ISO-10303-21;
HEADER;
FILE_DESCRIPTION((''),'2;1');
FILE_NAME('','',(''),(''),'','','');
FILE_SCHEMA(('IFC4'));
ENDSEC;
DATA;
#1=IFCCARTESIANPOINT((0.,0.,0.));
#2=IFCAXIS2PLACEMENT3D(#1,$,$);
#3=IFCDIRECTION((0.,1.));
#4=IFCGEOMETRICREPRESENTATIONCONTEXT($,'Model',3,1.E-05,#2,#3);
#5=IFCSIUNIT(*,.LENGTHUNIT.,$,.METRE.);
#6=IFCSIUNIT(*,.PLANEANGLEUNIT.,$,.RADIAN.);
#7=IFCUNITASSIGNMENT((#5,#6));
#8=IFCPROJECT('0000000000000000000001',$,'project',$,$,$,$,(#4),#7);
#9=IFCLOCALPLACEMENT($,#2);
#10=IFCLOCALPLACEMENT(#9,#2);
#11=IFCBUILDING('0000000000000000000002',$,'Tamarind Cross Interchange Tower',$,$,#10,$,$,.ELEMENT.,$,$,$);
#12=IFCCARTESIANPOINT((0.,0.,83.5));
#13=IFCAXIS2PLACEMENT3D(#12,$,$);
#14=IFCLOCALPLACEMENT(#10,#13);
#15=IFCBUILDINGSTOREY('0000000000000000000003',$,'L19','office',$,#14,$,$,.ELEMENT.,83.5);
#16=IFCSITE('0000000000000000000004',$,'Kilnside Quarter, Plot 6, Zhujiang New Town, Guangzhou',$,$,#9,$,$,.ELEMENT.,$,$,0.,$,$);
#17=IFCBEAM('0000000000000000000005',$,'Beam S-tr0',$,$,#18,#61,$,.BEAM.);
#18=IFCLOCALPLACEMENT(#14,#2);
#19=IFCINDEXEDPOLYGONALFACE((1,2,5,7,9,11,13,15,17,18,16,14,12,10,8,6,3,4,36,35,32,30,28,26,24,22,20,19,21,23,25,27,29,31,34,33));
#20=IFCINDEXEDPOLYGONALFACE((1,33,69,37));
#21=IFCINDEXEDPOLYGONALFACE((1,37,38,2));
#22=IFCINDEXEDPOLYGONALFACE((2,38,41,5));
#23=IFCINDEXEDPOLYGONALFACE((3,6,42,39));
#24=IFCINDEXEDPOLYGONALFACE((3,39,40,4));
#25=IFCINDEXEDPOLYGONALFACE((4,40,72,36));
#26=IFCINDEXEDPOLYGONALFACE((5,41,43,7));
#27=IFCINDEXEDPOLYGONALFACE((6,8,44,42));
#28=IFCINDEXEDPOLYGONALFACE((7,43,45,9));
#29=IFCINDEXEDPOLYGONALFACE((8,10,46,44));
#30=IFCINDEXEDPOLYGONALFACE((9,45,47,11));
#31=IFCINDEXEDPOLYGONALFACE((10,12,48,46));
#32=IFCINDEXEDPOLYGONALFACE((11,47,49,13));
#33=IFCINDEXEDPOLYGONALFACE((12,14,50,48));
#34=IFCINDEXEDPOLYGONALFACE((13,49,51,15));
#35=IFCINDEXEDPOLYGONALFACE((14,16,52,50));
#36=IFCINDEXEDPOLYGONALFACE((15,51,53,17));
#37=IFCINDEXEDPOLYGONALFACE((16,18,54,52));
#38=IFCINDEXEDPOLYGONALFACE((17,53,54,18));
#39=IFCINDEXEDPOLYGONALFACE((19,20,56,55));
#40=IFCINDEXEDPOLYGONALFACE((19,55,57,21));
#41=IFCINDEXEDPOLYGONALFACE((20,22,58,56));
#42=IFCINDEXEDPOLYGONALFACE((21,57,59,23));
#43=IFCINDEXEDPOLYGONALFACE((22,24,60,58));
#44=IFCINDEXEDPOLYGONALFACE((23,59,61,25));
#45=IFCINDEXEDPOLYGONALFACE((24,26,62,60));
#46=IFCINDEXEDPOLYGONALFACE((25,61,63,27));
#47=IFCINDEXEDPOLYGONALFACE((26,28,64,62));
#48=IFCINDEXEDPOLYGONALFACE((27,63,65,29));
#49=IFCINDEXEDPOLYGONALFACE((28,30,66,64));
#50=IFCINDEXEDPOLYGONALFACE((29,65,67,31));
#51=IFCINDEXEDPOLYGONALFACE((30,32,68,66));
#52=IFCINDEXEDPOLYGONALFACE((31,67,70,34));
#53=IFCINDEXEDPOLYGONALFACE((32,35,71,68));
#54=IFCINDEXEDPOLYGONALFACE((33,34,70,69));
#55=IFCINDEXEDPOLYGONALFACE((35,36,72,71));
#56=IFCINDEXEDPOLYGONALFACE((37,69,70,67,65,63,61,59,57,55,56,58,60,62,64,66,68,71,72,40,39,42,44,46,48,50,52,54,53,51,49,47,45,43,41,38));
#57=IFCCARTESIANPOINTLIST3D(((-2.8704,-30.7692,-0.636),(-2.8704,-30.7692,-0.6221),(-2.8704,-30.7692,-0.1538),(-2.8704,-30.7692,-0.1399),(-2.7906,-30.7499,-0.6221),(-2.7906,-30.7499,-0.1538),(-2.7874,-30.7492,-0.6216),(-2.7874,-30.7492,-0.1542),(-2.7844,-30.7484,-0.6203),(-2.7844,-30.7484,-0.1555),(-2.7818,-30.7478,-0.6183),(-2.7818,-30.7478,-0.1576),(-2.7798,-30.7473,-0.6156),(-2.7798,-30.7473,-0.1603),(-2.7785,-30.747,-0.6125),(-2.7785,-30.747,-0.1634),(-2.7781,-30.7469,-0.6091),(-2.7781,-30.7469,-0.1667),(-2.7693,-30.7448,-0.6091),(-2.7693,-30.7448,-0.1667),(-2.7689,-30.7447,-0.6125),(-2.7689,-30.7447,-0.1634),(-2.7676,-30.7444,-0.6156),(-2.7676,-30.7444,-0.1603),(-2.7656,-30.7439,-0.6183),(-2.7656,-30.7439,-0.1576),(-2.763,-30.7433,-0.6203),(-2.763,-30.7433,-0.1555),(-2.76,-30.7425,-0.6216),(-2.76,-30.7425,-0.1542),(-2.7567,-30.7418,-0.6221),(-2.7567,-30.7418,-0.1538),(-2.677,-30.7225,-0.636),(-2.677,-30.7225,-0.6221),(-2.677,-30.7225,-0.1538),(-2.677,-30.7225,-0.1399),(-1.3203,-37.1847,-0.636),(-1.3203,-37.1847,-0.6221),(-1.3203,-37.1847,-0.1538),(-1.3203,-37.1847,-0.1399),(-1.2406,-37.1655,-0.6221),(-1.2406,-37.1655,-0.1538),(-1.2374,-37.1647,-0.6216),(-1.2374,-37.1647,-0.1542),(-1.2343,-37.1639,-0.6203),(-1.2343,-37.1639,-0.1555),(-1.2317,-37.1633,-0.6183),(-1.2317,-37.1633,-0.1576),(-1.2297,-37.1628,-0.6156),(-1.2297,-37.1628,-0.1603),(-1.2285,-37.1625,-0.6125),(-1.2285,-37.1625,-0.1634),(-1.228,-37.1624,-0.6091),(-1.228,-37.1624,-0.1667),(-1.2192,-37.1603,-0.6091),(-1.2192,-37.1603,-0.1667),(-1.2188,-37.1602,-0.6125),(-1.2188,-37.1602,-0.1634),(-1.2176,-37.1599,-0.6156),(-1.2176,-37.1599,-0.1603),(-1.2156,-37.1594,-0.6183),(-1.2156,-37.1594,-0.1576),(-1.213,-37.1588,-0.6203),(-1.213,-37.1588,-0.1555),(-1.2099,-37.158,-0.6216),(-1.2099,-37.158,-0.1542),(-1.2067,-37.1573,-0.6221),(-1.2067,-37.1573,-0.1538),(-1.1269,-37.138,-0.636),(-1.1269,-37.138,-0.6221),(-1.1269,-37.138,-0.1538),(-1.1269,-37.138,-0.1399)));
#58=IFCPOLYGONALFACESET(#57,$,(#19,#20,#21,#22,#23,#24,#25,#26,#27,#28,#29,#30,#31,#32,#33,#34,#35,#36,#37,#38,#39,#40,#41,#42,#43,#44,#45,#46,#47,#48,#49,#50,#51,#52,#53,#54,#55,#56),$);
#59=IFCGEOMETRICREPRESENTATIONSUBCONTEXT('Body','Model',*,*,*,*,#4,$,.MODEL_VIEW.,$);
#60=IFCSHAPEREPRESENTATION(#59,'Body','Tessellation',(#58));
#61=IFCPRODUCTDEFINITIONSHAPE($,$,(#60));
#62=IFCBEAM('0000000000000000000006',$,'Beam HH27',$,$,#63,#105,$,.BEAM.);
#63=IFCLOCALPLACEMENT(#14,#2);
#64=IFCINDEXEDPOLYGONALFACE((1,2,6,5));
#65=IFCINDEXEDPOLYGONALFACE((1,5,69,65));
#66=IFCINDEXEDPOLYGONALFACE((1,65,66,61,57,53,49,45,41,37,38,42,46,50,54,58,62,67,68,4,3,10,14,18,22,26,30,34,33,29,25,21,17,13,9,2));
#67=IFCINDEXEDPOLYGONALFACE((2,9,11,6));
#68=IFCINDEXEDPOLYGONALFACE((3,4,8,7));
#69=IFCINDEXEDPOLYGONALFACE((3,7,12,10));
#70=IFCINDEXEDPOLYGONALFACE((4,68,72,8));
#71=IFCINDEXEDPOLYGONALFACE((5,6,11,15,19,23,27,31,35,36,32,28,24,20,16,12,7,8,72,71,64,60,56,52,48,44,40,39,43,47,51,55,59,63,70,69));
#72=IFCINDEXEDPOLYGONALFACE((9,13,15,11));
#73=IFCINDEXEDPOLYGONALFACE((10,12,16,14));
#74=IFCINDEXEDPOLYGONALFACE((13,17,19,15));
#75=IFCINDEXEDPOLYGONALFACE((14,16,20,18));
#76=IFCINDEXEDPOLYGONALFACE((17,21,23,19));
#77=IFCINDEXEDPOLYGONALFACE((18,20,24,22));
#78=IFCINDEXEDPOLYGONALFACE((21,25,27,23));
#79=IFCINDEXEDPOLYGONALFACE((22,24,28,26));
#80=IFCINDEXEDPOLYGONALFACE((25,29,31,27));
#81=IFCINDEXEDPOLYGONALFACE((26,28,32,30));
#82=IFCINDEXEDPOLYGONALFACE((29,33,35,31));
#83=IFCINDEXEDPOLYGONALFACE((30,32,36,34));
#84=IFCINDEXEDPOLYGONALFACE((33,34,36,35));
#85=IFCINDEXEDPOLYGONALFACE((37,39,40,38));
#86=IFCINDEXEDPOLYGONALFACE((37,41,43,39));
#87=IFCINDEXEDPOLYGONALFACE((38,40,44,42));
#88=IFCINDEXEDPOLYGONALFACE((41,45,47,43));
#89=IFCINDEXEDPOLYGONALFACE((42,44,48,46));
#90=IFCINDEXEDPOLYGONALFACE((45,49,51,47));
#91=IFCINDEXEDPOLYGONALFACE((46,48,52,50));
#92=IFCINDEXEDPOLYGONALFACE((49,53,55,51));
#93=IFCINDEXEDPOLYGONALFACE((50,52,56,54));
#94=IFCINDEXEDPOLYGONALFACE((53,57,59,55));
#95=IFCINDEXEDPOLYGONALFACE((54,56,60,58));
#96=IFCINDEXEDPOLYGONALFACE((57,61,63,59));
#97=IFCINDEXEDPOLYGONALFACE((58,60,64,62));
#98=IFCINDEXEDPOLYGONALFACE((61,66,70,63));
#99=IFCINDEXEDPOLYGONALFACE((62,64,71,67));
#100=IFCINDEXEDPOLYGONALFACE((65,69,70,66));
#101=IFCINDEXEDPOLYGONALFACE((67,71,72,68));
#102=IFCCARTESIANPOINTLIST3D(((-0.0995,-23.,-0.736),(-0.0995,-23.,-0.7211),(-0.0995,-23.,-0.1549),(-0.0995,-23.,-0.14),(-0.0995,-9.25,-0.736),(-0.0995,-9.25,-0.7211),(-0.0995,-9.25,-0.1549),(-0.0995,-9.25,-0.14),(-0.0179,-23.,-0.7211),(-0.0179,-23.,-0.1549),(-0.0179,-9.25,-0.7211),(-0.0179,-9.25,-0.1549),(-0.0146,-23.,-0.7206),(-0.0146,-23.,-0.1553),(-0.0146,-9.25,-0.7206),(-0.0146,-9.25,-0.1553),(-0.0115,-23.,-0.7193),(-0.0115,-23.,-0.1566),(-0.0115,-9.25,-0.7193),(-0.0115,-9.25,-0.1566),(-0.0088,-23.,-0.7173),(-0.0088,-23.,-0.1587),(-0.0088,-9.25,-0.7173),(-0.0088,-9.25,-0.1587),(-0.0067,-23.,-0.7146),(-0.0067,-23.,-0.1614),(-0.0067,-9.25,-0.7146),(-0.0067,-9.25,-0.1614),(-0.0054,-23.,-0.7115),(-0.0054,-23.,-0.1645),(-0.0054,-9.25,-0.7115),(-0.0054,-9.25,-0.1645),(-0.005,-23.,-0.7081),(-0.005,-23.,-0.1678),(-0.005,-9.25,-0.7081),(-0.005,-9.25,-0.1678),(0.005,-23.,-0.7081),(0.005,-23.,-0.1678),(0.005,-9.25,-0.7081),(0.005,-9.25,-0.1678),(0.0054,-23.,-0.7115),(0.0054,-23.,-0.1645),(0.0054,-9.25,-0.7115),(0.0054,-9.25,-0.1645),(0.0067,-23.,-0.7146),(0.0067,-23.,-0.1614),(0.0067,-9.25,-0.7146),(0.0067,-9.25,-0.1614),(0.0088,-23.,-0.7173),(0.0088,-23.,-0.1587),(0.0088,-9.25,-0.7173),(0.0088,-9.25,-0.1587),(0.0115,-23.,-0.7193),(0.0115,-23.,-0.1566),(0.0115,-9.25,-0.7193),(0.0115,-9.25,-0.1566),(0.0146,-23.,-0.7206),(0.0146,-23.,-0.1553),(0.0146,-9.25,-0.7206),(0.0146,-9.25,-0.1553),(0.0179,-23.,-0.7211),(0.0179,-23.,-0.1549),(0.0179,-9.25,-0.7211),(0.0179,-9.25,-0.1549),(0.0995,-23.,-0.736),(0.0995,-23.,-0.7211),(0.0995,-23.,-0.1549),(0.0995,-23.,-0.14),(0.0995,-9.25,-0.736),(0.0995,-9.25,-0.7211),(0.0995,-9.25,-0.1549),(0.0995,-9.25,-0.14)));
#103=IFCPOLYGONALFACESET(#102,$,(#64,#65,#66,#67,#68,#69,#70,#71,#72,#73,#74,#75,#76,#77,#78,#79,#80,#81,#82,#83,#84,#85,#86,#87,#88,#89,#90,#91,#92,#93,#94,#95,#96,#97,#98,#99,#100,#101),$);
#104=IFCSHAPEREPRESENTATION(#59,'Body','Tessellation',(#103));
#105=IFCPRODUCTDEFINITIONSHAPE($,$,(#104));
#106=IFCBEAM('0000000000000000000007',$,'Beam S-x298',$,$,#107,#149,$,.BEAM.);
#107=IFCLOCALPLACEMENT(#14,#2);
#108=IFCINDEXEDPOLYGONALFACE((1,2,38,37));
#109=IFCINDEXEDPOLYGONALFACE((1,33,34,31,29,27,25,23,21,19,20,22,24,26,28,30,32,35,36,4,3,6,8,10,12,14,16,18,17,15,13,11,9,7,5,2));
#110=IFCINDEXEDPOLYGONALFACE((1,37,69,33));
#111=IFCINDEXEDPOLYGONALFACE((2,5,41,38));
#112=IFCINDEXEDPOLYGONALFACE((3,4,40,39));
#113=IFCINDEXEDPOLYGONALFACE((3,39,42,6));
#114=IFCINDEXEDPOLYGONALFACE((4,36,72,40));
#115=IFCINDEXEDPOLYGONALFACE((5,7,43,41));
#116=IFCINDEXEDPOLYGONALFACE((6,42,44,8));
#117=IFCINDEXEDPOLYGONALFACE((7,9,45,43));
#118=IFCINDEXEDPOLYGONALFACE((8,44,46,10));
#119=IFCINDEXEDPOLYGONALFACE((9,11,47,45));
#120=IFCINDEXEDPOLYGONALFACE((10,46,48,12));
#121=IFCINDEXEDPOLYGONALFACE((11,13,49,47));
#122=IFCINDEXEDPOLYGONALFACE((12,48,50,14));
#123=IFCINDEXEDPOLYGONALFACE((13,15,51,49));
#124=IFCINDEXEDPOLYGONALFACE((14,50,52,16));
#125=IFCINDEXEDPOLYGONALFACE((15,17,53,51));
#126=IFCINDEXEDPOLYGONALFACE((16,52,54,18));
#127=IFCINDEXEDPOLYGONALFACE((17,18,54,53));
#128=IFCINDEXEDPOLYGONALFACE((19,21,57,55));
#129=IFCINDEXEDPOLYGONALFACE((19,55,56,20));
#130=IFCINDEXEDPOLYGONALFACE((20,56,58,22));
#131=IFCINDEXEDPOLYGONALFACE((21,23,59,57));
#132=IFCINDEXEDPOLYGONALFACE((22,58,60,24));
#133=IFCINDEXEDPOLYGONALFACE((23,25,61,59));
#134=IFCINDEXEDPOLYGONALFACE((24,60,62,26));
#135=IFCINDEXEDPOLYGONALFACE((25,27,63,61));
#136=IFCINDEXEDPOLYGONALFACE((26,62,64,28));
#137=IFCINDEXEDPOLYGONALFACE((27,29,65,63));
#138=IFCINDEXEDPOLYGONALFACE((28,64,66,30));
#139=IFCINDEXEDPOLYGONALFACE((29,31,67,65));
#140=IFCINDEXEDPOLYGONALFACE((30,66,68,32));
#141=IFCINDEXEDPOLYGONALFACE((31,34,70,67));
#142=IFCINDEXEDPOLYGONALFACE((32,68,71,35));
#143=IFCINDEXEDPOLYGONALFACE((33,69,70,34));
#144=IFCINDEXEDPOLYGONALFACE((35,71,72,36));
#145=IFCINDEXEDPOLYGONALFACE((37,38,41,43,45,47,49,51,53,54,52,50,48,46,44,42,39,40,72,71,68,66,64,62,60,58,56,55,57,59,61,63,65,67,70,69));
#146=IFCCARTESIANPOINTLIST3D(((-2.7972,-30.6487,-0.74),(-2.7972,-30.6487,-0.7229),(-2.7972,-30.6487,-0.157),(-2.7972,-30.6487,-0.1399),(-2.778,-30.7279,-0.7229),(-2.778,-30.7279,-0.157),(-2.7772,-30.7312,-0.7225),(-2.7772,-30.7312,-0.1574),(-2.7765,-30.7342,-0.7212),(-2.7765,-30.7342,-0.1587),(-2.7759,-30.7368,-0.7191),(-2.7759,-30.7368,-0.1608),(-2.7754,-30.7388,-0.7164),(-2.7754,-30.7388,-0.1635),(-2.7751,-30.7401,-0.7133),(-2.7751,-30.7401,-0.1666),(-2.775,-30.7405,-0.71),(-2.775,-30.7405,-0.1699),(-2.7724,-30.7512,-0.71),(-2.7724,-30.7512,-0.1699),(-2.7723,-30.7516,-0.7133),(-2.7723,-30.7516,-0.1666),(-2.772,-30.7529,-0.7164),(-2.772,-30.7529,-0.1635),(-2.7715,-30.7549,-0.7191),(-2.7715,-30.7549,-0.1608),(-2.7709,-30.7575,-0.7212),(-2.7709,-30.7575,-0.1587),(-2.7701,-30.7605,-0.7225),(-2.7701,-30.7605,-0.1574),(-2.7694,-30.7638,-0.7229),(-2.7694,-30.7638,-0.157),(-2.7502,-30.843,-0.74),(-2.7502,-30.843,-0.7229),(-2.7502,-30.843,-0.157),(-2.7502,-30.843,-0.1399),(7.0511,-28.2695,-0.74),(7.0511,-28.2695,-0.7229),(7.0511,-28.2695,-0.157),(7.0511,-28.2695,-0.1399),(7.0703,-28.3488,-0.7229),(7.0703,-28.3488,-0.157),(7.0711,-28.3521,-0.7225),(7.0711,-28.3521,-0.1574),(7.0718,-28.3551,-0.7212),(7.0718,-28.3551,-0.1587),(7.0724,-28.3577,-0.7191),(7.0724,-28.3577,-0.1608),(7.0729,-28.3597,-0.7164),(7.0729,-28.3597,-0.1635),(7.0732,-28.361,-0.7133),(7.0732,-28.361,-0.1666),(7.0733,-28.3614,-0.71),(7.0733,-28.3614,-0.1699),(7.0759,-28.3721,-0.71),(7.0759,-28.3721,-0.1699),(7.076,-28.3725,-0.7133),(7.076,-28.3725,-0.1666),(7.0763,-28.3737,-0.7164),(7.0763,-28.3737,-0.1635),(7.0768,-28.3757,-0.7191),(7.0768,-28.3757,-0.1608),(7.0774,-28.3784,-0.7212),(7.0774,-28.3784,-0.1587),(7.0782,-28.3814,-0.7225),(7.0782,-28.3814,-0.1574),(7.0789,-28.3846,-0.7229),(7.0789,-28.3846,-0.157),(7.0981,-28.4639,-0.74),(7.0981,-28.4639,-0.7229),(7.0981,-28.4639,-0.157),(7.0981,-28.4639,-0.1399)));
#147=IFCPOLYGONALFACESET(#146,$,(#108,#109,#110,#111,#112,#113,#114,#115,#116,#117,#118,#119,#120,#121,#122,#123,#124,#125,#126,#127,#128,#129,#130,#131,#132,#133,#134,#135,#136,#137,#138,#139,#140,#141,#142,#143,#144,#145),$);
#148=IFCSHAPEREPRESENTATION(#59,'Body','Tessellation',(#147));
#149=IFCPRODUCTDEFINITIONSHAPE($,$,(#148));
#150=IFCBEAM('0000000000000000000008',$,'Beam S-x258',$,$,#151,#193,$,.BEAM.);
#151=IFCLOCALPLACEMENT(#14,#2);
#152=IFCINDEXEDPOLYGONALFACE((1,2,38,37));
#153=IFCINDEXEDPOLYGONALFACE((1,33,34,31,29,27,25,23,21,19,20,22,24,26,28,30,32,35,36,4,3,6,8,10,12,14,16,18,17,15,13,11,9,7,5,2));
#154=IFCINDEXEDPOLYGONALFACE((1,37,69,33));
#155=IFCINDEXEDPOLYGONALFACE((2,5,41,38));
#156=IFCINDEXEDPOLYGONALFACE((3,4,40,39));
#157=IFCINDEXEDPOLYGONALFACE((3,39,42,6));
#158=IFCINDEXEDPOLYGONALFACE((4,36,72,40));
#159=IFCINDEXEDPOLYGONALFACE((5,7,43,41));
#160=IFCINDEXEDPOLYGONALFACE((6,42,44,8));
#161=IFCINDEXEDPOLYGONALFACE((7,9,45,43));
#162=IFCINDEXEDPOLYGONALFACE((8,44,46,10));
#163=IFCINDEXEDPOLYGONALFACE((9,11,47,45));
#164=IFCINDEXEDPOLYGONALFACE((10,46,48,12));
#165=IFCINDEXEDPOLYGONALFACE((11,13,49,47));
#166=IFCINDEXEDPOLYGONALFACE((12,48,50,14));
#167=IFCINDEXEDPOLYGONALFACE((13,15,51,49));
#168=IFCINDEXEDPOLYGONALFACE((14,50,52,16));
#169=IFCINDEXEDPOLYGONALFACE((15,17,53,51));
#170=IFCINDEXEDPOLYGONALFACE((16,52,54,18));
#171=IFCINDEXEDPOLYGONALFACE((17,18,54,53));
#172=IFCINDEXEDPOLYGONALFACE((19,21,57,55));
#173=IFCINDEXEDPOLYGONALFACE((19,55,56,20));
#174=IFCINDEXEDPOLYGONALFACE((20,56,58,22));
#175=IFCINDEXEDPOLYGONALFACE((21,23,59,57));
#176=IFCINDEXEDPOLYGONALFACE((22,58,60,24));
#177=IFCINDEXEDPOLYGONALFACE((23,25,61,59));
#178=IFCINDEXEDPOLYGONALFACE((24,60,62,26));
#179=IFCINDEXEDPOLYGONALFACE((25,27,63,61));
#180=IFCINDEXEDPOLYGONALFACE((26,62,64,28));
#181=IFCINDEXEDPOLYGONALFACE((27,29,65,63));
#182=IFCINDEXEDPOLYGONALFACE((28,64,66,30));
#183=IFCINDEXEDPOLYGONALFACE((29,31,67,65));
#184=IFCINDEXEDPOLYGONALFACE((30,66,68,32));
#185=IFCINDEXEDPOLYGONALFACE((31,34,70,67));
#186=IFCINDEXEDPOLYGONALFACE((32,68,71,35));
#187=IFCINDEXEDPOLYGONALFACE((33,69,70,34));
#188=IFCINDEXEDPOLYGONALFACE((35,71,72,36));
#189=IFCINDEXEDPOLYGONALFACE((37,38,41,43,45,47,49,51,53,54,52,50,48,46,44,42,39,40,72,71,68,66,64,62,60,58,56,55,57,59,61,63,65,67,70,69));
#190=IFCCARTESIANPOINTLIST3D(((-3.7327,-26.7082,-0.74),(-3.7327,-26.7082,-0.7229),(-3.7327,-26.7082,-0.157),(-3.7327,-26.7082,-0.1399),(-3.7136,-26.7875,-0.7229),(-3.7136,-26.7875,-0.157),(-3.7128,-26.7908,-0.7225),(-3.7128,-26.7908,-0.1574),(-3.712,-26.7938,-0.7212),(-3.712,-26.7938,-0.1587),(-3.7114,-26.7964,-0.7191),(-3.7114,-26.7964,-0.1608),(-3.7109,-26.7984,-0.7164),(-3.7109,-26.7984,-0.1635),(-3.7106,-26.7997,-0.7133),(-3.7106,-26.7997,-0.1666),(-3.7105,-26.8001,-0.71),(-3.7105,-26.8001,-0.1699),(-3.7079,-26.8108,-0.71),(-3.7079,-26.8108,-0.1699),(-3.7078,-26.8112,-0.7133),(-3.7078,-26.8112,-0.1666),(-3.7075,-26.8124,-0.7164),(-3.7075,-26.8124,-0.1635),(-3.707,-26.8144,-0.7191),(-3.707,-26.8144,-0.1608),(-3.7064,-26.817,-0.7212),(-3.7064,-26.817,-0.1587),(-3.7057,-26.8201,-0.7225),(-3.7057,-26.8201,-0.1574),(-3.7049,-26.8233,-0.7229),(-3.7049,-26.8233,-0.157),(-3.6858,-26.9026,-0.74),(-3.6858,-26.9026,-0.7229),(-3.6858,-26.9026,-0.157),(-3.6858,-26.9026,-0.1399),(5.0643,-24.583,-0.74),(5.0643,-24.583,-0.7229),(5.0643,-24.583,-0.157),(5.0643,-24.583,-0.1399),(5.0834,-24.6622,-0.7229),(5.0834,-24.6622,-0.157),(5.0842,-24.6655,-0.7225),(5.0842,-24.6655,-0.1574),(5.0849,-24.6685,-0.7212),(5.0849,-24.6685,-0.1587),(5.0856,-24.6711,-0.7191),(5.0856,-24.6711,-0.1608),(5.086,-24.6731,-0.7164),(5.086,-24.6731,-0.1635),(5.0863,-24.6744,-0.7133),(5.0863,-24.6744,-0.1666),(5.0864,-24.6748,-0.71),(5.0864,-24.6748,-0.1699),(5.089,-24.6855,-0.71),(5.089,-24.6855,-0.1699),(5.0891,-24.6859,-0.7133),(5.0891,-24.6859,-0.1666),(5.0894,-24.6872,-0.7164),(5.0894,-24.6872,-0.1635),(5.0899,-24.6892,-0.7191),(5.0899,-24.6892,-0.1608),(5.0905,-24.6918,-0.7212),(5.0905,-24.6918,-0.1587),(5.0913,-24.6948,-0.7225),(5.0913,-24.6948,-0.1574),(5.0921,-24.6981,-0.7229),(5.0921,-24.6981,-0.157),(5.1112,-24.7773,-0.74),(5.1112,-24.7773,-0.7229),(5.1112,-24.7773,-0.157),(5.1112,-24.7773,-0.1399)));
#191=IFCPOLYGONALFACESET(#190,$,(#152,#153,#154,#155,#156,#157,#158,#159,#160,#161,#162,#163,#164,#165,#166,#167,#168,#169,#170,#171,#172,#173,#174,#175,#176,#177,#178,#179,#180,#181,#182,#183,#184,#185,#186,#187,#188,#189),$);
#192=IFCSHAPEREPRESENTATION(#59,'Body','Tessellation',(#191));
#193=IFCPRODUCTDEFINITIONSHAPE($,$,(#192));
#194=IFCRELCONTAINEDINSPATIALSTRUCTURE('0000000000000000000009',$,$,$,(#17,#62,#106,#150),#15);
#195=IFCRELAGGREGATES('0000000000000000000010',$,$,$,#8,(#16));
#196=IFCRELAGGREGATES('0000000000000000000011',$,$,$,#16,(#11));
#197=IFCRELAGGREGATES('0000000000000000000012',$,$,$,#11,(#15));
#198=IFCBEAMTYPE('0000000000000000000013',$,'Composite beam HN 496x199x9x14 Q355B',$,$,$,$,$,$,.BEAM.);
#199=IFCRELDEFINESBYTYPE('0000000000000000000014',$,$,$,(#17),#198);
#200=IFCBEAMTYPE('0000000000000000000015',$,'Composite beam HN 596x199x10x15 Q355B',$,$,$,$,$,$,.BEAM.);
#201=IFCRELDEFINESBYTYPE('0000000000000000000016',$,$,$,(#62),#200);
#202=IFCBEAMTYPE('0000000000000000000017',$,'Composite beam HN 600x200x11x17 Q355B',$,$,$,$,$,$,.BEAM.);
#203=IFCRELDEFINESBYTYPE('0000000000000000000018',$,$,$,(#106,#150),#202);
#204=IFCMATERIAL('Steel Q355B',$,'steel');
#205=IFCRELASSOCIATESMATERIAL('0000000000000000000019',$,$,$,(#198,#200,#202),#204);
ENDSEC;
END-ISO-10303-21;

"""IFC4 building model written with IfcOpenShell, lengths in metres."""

from ifc_helpers import new_model, si_unit, direction, frame, origin, origin_2d, place, context, subcontext, project, spatial, i_section, extrude, material, material_profile, profile_set, type_object, element, save


model = new_model("IFC4")

# Units and contexts
model_context = context("Model", 3, precision=1e-05, world=origin(), true_north=direction((0.0, 1.0)))
body_context = subcontext(model_context, "Body", "Model", "MODEL_VIEW")
ifc_project = project(units=[si_unit("LENGTHUNIT", "METRE"), si_unit("PLANEANGLEUNIT", "RADIAN")], contexts=[model_context])

# Site, building, storey
site_placement = place(None, origin())
site = spatial("IfcSite", under=ifc_project, at=site_placement, Name="Kilnside Quarter, Plot 6, Zhujiang New Town, Guangzhou", CompositionType="ELEMENT", RefElevation=0.0)
building_placement = place(site_placement, origin())
building = spatial("IfcBuilding", under=site, at=building_placement, Name="Tamarind Cross Interchange Tower", CompositionType="ELEMENT")
storey_placement = place(building_placement, frame((0.0, 0.0, 83.5)))
storey = spatial("IfcBuildingStorey", under=building, at=storey_placement, Name="L19", Description="office", CompositionType="ELEMENT", Elevation=83.5)

# Beams
ifc_material_1 = material(Name="Steel Q355B", Category="steel")
ifc_material_profile_1 = material_profile(ifc_material_1, i_section(OverallWidth=0.199, OverallDepth=0.4961, WebThickness=0.009, FlangeThickness=0.0139, FilletRadius=0.0129, at=origin_2d()), Name="HN 496x199x9x14")
ifc_profile_set_1 = profile_set([ifc_material_profile_1], Name="Steel Q355B")
beam_type_1 = type_object("IfcBeamType", Name="Composite beam HN 496x199x9x14 Q355B", PredefinedType="BEAM", material=ifc_profile_set_1)
beam_1_placement = place(storey_placement, frame((-2.7737, -30.7458, -0.3879), z_axis=(0.234851, -0.972031, 0.0), x_axis=(0.972031, 0.234851, 0.0)))
element("IfcBeam", 1, at=beam_1_placement, inside=storey, type_object=beam_type_1, Name="Beam S-tr0", PredefinedType="BEAM", context=body_context, shape_type="SweptSolid", body=[
    extrude(i_section(OverallWidth=0.199, OverallDepth=0.4961, WebThickness=0.009, FlangeThickness=0.0139, FilletRadius=0.0129, at=origin_2d()), origin(), (0.0, 0.0, 1.0), 6.6001),
])
ifc_material_profile_2 = material_profile(ifc_material_1, i_section(OverallWidth=0.199, OverallDepth=0.5959, WebThickness=0.01, FlangeThickness=0.0149, FilletRadius=0.0129, at=origin_2d()), Name="HN 596x199x10x15")
ifc_profile_set_2 = profile_set([ifc_material_profile_2], Name="Steel Q355B")
beam_type_2 = type_object("IfcBeamType", Name="Composite beam HN 596x199x10x15 Q355B", PredefinedType="BEAM", material=ifc_profile_set_2)
beam_2_placement = place(storey_placement, frame((0.0, -23.0, -0.438), z_axis=(0.0, 1.0, 0.0), x_axis=(-1.0, 0.0, 0.0)))
element("IfcBeam", 2, at=beam_2_placement, inside=storey, type_object=beam_type_2, Name="Beam HH27", PredefinedType="BEAM", context=body_context, shape_type="SweptSolid", body=[
    extrude(i_section(OverallWidth=0.199, OverallDepth=0.5959, WebThickness=0.01, FlangeThickness=0.0149, FilletRadius=0.0129, at=origin_2d()), origin(), (0.0, 0.0, 1.0), 13.75),
])
ifc_material_profile_3 = material_profile(ifc_material_1, i_section(OverallWidth=0.2, OverallDepth=0.6001, WebThickness=0.011, FlangeThickness=0.0171, FilletRadius=0.0129, at=origin_2d()), Name="HN 600x200x11x17")
ifc_profile_set_3 = profile_set([ifc_material_profile_3], Name="Steel Q355B")
beam_type_3 = type_object("IfcBeamType", Name="Composite beam HN 600x200x11x17 Q355B", PredefinedType="BEAM", material=ifc_profile_set_3)
beam_3_placement = place(storey_placement, frame((-2.7737, -30.7458, -0.4399), z_axis=(0.972038, 0.234823, 0.0), x_axis=(-0.234823, 0.972038, 0.0)))
element("IfcBeam", 3, at=beam_3_placement, inside=storey, type_object=beam_type_3, Name="Beam S-x298", PredefinedType="BEAM", context=body_context, shape_type="SweptSolid", body=[
    extrude(i_section(OverallWidth=0.2, OverallDepth=0.6001, WebThickness=0.011, FlangeThickness=0.0171, FilletRadius=0.0129, at=origin_2d()), origin(), (0.0, 0.0, 1.0), 10.1316),
])
beam_4_placement = place(storey_placement, frame((-3.7092, -26.8054, -0.4399), z_axis=(0.972035, 0.234835, 0.0), x_axis=(-0.234835, 0.972035, 0.0)))
element("IfcBeam", 4, at=beam_4_placement, inside=storey, type_object=beam_type_3, Name="Beam S-x258", PredefinedType="BEAM", context=body_context, shape_type="SweptSolid", body=[
    extrude(i_section(OverallWidth=0.2, OverallDepth=0.6001, WebThickness=0.011, FlangeThickness=0.0171, FilletRadius=0.0129, at=origin_2d()), origin(), (0.0, 0.0, 1.0), 9.05),
])

save(model, "model.ifc")
